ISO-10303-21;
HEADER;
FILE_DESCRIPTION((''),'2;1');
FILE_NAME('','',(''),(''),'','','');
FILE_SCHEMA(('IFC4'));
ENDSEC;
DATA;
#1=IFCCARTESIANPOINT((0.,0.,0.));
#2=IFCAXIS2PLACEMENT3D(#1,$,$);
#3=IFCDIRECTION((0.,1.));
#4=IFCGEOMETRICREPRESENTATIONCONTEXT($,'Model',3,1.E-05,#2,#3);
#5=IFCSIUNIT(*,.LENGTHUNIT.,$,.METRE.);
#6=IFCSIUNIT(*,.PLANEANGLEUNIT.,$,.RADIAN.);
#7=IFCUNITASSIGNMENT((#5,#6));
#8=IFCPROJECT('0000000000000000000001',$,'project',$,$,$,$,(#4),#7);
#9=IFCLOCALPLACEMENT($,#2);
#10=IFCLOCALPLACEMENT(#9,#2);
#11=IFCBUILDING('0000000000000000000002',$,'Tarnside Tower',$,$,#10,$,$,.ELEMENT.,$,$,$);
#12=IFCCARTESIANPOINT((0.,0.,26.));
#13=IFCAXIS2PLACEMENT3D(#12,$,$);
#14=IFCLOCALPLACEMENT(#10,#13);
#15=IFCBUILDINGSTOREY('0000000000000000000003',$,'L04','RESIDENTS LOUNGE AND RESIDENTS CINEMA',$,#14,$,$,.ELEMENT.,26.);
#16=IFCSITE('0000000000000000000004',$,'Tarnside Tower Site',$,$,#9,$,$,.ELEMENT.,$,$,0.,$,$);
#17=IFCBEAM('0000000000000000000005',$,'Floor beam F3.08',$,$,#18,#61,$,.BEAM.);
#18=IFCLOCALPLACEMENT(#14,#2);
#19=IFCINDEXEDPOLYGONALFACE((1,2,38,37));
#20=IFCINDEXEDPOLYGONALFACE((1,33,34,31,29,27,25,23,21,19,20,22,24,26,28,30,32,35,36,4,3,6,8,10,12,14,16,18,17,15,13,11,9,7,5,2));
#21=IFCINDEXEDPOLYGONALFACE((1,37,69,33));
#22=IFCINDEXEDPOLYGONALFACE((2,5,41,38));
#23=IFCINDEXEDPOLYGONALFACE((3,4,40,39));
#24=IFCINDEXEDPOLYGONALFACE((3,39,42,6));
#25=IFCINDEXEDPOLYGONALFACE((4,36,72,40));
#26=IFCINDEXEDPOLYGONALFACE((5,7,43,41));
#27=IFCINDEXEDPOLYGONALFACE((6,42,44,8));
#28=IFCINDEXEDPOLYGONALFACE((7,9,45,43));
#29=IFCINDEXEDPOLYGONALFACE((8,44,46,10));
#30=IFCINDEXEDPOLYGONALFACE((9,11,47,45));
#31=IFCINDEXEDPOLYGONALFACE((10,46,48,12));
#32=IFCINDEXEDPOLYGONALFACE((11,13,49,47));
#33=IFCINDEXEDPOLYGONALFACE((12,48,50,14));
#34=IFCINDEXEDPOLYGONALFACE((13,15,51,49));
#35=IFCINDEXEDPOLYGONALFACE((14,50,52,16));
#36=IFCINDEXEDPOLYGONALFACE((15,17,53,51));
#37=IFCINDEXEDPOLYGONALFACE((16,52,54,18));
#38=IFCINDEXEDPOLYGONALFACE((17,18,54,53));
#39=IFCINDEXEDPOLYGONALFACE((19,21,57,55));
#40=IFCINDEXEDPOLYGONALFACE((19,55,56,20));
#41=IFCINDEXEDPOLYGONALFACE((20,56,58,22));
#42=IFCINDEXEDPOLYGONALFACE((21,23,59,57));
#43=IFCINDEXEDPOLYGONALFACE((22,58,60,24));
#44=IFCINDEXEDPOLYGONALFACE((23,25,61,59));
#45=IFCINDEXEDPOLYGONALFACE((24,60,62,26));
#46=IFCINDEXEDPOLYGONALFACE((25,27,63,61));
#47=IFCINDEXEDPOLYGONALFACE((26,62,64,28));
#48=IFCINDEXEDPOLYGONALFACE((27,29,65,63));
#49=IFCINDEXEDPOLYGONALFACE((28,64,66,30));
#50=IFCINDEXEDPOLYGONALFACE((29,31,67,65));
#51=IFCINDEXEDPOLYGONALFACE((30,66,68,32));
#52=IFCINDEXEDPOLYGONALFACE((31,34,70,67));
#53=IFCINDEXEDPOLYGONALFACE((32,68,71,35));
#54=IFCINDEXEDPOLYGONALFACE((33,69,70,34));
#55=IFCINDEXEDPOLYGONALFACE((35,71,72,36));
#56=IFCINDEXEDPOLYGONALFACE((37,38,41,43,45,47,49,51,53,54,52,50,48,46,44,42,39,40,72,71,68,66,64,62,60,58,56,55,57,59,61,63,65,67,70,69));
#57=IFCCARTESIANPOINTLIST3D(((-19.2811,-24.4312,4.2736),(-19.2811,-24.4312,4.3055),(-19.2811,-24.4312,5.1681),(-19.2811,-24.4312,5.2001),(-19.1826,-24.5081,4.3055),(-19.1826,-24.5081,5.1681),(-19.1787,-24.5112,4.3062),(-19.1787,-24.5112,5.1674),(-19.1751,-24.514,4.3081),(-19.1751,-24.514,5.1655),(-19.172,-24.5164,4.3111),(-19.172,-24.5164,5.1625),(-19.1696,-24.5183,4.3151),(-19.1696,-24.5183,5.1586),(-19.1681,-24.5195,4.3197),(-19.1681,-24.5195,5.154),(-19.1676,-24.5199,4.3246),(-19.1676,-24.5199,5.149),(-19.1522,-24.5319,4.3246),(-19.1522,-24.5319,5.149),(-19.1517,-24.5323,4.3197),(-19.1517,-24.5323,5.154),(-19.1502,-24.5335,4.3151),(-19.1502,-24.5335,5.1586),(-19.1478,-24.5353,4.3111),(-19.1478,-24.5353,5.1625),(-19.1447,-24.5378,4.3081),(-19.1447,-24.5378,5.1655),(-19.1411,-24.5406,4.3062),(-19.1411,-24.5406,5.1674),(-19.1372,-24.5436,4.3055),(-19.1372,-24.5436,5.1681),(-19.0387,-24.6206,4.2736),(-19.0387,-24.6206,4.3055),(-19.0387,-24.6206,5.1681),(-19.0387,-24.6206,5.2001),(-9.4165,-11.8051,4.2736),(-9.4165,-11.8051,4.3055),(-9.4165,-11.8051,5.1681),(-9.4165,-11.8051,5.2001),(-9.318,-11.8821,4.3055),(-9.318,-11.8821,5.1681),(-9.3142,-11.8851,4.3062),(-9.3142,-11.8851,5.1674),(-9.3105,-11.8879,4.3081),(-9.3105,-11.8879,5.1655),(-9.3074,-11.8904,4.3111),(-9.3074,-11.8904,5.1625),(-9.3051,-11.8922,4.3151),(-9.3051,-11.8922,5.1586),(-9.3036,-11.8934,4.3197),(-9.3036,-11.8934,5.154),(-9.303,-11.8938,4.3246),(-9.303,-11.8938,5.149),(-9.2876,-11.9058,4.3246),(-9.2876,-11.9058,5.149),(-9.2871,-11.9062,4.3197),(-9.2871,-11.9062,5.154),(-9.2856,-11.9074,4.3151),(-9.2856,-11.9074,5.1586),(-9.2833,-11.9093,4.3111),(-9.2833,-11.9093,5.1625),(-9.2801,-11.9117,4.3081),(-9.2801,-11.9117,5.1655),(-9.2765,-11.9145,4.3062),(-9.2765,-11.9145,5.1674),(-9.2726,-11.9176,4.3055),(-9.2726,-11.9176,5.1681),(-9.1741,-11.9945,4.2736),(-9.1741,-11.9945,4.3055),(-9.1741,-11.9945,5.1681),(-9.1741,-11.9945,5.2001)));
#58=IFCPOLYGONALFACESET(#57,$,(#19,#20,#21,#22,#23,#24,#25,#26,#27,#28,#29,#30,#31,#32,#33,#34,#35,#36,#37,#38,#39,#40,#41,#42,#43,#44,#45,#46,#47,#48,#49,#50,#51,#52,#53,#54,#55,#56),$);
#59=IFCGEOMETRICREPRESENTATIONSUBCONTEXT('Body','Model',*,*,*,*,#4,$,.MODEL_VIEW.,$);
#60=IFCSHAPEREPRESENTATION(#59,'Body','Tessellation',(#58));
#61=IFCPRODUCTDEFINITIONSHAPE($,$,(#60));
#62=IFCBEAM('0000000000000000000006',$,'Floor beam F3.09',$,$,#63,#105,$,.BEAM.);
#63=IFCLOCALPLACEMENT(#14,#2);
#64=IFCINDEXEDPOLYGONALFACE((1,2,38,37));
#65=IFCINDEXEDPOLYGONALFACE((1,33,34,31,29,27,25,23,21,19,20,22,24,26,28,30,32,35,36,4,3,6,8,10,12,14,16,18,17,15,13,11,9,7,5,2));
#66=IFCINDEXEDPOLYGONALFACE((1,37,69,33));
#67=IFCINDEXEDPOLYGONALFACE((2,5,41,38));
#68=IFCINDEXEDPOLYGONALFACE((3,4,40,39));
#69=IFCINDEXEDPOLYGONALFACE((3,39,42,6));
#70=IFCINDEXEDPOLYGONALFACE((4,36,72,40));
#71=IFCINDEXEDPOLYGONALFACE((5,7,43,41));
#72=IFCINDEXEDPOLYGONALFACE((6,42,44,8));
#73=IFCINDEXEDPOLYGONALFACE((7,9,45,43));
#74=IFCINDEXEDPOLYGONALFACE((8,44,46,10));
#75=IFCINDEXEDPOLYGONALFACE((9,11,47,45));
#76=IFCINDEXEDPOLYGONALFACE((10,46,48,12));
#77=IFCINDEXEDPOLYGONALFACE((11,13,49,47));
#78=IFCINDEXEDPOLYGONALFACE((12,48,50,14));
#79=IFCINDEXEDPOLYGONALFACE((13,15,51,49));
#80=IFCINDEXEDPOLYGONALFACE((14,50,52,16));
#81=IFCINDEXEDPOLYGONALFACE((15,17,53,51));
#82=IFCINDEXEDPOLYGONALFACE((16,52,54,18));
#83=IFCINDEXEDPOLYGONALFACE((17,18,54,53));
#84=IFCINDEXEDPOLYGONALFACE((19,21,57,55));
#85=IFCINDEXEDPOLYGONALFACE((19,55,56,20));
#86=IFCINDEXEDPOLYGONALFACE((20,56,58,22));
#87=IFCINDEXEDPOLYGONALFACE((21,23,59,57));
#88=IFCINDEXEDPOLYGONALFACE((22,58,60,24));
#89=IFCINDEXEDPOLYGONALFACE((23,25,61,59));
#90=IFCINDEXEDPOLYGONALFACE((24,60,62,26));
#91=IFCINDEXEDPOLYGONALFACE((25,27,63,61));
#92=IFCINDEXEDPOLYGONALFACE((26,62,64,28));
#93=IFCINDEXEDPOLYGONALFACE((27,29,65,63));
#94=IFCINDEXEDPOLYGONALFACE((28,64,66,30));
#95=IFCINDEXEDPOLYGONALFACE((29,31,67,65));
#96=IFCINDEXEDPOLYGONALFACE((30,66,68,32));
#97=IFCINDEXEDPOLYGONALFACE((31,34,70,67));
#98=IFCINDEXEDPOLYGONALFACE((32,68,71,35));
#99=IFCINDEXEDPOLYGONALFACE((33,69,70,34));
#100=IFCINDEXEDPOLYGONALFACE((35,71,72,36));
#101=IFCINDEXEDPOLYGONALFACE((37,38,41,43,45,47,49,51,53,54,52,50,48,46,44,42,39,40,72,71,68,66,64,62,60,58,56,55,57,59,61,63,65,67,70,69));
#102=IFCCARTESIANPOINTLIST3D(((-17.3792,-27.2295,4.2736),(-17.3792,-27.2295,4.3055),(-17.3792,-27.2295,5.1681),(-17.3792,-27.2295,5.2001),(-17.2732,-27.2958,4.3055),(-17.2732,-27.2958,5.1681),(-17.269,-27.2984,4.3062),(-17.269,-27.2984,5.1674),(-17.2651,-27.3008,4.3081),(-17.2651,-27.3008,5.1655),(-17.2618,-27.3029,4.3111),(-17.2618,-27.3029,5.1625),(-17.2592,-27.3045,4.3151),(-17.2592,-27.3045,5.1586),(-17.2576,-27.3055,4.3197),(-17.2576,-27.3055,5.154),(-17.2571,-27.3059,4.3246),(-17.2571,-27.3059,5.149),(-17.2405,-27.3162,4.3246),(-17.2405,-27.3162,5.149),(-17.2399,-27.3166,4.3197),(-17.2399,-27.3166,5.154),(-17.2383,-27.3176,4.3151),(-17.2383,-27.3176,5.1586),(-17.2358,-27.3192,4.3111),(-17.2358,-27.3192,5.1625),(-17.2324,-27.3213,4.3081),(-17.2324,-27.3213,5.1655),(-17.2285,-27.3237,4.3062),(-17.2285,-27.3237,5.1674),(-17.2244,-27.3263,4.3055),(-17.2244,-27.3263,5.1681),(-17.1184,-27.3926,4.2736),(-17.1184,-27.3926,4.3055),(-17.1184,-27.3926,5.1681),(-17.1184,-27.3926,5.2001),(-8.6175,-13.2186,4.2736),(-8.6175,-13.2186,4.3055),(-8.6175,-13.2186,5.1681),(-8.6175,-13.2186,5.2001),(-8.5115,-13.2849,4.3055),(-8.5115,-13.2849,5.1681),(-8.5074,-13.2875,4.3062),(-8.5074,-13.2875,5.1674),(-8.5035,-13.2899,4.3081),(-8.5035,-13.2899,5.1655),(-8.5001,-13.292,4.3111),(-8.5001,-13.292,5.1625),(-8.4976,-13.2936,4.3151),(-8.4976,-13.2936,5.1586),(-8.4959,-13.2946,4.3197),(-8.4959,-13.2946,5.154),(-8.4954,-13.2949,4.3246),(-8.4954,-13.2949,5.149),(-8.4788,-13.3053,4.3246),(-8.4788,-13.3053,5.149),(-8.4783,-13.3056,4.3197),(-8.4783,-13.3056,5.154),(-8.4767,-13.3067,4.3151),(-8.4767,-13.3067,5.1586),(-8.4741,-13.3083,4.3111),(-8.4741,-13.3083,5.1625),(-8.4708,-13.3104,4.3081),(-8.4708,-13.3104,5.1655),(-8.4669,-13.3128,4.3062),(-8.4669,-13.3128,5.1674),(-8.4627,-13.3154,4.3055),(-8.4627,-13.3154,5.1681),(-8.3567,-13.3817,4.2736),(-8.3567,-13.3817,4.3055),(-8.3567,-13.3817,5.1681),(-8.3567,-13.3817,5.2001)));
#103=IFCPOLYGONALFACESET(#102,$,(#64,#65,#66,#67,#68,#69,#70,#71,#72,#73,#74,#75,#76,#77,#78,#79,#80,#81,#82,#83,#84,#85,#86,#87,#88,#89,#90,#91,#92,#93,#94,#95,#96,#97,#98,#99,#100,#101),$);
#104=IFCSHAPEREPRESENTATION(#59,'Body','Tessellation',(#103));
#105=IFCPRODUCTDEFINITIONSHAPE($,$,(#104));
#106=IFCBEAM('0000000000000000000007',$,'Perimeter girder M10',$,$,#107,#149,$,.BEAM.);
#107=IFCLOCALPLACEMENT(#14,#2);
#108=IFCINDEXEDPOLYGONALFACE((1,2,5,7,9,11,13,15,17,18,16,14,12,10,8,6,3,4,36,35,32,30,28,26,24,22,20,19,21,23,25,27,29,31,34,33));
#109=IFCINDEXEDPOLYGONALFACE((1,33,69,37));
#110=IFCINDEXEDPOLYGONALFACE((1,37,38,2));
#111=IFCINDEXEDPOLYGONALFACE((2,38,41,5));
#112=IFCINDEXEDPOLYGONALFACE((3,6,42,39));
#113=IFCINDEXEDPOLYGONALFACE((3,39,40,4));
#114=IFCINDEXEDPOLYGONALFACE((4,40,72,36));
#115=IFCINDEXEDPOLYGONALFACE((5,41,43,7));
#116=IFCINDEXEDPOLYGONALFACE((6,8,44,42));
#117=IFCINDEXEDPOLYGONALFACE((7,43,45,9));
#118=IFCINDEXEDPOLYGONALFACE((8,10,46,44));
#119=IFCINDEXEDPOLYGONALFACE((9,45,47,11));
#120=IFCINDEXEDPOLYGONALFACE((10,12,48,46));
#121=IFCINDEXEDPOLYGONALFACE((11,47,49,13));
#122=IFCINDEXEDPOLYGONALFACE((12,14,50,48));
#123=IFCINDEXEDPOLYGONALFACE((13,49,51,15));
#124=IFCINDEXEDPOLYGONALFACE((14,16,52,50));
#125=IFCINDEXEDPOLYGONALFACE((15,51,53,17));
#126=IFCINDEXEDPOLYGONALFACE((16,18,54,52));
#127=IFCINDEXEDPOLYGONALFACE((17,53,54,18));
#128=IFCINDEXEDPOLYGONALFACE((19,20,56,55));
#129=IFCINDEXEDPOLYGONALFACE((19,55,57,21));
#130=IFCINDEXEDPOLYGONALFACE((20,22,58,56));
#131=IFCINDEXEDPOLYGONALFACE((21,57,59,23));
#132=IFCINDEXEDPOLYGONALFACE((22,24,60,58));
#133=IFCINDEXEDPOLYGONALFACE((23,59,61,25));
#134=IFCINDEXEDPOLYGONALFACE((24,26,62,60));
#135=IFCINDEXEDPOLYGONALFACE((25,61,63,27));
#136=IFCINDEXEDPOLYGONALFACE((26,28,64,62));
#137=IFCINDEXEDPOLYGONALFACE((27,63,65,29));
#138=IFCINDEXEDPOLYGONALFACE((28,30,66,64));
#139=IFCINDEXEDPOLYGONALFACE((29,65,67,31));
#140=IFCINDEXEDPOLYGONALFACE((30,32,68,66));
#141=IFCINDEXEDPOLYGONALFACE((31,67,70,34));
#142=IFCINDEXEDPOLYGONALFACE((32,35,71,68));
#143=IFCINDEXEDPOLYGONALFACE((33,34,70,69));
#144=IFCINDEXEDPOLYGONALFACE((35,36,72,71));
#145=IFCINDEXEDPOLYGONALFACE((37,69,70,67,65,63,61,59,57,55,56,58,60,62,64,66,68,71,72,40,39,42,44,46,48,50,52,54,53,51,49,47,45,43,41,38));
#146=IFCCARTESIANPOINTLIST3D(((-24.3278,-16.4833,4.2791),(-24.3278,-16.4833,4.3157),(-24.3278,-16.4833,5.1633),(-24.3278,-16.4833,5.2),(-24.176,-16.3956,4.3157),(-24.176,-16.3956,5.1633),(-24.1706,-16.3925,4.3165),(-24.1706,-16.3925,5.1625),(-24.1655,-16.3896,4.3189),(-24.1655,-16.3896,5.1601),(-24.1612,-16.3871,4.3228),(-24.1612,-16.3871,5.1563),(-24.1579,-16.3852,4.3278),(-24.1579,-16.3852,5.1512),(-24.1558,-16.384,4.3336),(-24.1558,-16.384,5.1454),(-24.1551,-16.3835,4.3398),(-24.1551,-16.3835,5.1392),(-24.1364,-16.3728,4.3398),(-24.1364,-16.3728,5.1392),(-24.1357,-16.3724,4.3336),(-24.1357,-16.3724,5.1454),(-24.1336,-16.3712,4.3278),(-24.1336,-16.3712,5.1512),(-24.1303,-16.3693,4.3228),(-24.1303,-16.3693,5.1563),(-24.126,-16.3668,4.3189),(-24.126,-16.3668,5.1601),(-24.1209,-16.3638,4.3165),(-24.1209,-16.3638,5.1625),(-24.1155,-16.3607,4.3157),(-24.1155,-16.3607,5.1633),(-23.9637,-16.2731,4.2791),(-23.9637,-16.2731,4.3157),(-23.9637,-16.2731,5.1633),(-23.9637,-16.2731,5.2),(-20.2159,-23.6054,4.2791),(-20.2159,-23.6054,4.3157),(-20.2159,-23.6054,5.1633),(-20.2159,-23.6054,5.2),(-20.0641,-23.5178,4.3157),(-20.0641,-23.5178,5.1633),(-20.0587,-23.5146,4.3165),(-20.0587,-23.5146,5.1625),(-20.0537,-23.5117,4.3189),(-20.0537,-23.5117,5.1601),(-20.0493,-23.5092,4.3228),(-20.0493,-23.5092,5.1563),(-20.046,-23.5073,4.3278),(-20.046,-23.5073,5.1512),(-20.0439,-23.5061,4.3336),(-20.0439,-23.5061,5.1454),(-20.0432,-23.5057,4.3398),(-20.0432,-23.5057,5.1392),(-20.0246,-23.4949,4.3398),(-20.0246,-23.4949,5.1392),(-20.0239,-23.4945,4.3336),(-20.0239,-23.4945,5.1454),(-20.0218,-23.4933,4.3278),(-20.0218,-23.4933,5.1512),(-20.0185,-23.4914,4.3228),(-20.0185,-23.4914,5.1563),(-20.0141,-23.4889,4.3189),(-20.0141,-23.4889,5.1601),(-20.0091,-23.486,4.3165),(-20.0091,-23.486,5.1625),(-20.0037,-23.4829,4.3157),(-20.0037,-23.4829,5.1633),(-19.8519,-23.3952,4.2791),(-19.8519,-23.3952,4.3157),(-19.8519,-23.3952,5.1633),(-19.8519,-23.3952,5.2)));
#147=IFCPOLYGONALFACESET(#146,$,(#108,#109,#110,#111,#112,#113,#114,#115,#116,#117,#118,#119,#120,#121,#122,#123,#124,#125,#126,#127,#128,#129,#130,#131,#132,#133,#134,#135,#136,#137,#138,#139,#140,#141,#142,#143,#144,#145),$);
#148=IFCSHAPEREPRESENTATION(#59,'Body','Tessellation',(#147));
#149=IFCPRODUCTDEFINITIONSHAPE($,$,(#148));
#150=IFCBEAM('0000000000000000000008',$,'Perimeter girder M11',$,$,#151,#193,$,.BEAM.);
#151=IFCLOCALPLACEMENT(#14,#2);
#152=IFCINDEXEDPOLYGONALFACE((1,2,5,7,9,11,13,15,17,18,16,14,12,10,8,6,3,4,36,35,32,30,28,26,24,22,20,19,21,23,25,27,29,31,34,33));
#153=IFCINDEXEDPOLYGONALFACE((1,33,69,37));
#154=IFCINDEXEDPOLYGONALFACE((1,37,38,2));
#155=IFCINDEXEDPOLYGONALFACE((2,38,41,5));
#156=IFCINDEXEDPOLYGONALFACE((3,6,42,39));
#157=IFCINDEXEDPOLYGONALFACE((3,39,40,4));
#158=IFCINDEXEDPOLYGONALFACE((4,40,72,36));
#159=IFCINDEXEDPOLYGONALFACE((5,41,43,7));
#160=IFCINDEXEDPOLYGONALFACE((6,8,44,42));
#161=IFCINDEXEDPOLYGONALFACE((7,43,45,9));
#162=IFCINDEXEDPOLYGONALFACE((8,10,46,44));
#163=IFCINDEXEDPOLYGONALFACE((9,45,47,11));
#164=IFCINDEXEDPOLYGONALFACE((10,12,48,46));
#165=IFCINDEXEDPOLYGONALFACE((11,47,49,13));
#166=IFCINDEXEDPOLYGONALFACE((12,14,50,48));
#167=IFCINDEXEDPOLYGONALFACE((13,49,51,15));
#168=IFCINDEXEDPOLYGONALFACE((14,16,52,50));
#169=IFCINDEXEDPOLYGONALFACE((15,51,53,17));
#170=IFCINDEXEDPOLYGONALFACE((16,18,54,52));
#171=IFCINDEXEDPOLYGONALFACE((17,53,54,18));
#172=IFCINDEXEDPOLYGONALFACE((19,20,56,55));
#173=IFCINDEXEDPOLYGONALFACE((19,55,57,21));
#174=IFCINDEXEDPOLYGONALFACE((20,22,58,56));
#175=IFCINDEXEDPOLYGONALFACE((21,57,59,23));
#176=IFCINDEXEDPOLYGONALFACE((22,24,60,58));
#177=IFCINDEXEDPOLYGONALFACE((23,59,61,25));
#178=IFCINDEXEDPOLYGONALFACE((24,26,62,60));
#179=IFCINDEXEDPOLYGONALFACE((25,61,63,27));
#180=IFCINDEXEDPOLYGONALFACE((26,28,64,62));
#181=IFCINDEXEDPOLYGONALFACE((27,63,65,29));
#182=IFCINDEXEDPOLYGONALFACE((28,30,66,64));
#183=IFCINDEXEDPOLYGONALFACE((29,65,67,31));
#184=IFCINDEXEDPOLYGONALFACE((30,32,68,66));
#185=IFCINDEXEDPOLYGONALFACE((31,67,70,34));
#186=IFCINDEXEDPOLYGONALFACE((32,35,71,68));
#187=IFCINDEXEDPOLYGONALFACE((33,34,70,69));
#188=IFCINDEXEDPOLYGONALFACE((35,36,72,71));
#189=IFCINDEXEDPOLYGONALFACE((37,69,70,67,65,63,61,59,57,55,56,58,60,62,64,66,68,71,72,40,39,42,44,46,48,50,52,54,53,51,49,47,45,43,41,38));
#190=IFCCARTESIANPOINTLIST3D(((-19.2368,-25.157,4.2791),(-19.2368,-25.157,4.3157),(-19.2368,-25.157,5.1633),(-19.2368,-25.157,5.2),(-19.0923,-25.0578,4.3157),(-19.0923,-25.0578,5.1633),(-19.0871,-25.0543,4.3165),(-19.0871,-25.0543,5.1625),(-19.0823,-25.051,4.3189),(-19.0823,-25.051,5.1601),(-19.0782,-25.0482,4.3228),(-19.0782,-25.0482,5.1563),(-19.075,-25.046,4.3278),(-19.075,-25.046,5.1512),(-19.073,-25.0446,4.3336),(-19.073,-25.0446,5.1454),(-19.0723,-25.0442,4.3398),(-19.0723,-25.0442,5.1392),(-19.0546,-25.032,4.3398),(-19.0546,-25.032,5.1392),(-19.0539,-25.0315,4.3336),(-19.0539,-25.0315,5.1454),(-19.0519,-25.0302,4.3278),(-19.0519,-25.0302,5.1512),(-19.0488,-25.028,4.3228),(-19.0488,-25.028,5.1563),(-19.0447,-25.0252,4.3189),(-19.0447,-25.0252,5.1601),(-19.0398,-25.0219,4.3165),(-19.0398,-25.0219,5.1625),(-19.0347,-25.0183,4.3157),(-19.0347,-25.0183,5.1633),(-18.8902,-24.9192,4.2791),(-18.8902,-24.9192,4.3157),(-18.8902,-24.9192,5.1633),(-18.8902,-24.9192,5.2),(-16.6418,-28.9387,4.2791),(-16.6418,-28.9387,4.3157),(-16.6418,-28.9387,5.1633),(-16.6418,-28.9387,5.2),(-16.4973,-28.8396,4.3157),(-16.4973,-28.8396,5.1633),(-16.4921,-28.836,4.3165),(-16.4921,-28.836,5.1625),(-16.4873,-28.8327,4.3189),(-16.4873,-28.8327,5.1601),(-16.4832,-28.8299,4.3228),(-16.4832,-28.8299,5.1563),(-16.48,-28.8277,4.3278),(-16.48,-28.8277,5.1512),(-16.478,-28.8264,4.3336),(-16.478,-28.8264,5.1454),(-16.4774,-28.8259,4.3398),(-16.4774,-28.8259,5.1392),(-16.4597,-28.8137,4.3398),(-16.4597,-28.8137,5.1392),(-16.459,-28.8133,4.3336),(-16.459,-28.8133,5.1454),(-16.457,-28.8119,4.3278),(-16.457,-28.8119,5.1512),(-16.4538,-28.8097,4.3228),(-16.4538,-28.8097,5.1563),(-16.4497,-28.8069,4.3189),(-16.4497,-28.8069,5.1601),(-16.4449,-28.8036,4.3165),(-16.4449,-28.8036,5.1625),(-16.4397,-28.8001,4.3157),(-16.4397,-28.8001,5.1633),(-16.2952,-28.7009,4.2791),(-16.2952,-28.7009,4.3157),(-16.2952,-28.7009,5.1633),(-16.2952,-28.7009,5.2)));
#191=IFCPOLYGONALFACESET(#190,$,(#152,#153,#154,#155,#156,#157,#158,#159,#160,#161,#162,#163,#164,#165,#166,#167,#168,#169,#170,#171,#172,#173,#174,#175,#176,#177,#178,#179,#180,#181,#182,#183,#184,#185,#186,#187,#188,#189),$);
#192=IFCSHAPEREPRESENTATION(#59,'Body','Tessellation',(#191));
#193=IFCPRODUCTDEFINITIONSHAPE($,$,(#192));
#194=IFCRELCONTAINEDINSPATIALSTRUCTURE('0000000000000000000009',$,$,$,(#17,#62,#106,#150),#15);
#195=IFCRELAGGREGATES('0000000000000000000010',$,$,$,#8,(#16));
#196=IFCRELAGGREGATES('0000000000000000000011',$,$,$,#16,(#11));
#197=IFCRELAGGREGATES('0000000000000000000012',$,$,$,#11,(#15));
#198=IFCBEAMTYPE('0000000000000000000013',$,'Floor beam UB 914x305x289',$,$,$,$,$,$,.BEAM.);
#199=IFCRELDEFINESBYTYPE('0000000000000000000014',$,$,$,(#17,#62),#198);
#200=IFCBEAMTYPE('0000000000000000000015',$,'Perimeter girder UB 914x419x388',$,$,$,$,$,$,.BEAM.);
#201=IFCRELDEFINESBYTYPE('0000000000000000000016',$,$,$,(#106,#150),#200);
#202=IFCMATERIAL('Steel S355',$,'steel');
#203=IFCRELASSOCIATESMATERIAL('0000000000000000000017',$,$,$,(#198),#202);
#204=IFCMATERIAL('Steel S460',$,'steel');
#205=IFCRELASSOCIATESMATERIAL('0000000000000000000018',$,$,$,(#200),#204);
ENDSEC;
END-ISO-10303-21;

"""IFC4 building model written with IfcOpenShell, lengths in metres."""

from ifc_helpers import new_model, si_unit, direction, frame, origin, origin_2d, place, context, subcontext, project, spatial, i_section, extrude, material, material_profile, profile_set, type_object, element, save


model = new_model("IFC4")

# Units and contexts
model_context = context("Model", 3, precision=1e-05, world=origin(), true_north=direction((0.0, 1.0)))
body_context = subcontext(model_context, "Body", "Model", "MODEL_VIEW")
ifc_project = project(units=[si_unit("LENGTHUNIT", "METRE"), si_unit("PLANEANGLEUNIT", "RADIAN")], contexts=[model_context])

# Site, building, storey
site_placement = place(None, origin())
site = spatial("IfcSite", under=ifc_project, at=site_placement, Name="Tarnside Tower Site", CompositionType="ELEMENT", RefElevation=0.0)
building_placement = place(site_placement, origin())
building = spatial("IfcBuilding", under=site, at=building_placement, Name="Tarnside Tower", CompositionType="ELEMENT")
storey_placement = place(building_placement, frame((0.0, 0.0, 26.0)))
storey = spatial("IfcBuildingStorey", under=building, at=storey_placement, Name="L04", Description="RESIDENTS LOUNGE AND RESIDENTS CINEMA", CompositionType="ELEMENT", Elevation=26.0)

# Beams
ifc_material_1 = material(Name="Steel S355", Category="steel")
ifc_material_profile_1 = material_profile(ifc_material_1, i_section(OverallWidth=0.3076, OverallDepth=0.9265, WebThickness=0.0195, FlangeThickness=0.032, FilletRadius=0.019, at=origin_2d()), Name="UB 914x305x289")
ifc_profile_set_1 = profile_set([ifc_material_profile_1], Name="Steel S355")
beam_type_1 = type_object("IfcBeamType", Name="Floor beam UB 914x305x289", PredefinedType="BEAM", material=ifc_profile_set_1)
beam_1_placement = place(storey_placement, frame((-19.1599, -24.5259, 4.7368), z_axis=(0.615662, 0.788011, 0.0), x_axis=(-0.788011, 0.615662, 0.0)))
element("IfcBeam", 1, at=beam_1_placement, inside=storey, type_object=beam_type_1, Name="Floor beam F3.08", PredefinedType="BEAM", context=body_context, shape_type="SweptSolid", body=[
    extrude(i_section(OverallWidth=0.3076, OverallDepth=0.9265, WebThickness=0.0195, FlangeThickness=0.032, FilletRadius=0.019, at=origin_2d()), origin(), (0.0, 0.0, 1.0), 16.0227),
])
beam_2_placement = place(storey_placement, frame((-17.2488, -27.311, 4.7368), z_axis=(0.53021, 0.847866, 0.0), x_axis=(-0.847866, 0.53021, 0.0)))
element("IfcBeam", 2, at=beam_2_placement, inside=storey, type_object=beam_type_1, Name="Floor beam F3.09", PredefinedType="BEAM", context=body_context, shape_type="SweptSolid", body=[
    extrude(i_section(OverallWidth=0.3076, OverallDepth=0.9265, WebThickness=0.0195, FlangeThickness=0.032, FilletRadius=0.019, at=origin_2d()), origin(), (0.0, 0.0, 1.0), 16.5249),
])
ifc_material_2 = material(Name="Steel S460", Category="steel")
ifc_material_profile_2 = material_profile(ifc_material_2, i_section(OverallWidth=0.4204, OverallDepth=0.9209, WebThickness=0.0215, FlangeThickness=0.0366, FilletRadius=0.0242, at=origin_2d()), Name="UB 914x419x388")
ifc_profile_set_2 = profile_set([ifc_material_profile_2], Name="Steel S460")
beam_type_2 = type_object("IfcBeamType", Name="Perimeter girder UB 914x419x388", PredefinedType="BEAM", material=ifc_profile_set_2)
beam_3_placement = place(storey_placement, frame((-24.1458, -16.3782, 4.7395), z_axis=(0.49999, -0.866031, 0.0), x_axis=(0.866031, 0.49999, 0.0)))
element("IfcBeam", 3, at=beam_3_placement, inside=storey, type_object=beam_type_2, Name="Perimeter girder M10", PredefinedType="BEAM", context=body_context, shape_type="SweptSolid", body=[
    extrude(i_section(OverallWidth=0.4204, OverallDepth=0.9209, WebThickness=0.0215, FlangeThickness=0.0366, FilletRadius=0.0242, at=origin_2d()), origin(), (0.0, 0.0, 1.0), 8.2239),
])
beam_4_placement = place(storey_placement, frame((-19.0635, -25.0381, 4.7395), z_axis=(0.565792, -0.824548, 0.0), x_axis=(0.824548, 0.565792, 0.0)))
element("IfcBeam", 4, at=beam_4_placement, inside=storey, type_object=beam_type_2, Name="Perimeter girder M11", PredefinedType="BEAM", context=body_context, shape_type="SweptSolid", body=[
    extrude(i_section(OverallWidth=0.4204, OverallDepth=0.9209, WebThickness=0.0215, FlangeThickness=0.0366, FilletRadius=0.0242, at=origin_2d()), origin(), (0.0, 0.0, 1.0), 4.5864),
])

save(model, "model.ifc")
